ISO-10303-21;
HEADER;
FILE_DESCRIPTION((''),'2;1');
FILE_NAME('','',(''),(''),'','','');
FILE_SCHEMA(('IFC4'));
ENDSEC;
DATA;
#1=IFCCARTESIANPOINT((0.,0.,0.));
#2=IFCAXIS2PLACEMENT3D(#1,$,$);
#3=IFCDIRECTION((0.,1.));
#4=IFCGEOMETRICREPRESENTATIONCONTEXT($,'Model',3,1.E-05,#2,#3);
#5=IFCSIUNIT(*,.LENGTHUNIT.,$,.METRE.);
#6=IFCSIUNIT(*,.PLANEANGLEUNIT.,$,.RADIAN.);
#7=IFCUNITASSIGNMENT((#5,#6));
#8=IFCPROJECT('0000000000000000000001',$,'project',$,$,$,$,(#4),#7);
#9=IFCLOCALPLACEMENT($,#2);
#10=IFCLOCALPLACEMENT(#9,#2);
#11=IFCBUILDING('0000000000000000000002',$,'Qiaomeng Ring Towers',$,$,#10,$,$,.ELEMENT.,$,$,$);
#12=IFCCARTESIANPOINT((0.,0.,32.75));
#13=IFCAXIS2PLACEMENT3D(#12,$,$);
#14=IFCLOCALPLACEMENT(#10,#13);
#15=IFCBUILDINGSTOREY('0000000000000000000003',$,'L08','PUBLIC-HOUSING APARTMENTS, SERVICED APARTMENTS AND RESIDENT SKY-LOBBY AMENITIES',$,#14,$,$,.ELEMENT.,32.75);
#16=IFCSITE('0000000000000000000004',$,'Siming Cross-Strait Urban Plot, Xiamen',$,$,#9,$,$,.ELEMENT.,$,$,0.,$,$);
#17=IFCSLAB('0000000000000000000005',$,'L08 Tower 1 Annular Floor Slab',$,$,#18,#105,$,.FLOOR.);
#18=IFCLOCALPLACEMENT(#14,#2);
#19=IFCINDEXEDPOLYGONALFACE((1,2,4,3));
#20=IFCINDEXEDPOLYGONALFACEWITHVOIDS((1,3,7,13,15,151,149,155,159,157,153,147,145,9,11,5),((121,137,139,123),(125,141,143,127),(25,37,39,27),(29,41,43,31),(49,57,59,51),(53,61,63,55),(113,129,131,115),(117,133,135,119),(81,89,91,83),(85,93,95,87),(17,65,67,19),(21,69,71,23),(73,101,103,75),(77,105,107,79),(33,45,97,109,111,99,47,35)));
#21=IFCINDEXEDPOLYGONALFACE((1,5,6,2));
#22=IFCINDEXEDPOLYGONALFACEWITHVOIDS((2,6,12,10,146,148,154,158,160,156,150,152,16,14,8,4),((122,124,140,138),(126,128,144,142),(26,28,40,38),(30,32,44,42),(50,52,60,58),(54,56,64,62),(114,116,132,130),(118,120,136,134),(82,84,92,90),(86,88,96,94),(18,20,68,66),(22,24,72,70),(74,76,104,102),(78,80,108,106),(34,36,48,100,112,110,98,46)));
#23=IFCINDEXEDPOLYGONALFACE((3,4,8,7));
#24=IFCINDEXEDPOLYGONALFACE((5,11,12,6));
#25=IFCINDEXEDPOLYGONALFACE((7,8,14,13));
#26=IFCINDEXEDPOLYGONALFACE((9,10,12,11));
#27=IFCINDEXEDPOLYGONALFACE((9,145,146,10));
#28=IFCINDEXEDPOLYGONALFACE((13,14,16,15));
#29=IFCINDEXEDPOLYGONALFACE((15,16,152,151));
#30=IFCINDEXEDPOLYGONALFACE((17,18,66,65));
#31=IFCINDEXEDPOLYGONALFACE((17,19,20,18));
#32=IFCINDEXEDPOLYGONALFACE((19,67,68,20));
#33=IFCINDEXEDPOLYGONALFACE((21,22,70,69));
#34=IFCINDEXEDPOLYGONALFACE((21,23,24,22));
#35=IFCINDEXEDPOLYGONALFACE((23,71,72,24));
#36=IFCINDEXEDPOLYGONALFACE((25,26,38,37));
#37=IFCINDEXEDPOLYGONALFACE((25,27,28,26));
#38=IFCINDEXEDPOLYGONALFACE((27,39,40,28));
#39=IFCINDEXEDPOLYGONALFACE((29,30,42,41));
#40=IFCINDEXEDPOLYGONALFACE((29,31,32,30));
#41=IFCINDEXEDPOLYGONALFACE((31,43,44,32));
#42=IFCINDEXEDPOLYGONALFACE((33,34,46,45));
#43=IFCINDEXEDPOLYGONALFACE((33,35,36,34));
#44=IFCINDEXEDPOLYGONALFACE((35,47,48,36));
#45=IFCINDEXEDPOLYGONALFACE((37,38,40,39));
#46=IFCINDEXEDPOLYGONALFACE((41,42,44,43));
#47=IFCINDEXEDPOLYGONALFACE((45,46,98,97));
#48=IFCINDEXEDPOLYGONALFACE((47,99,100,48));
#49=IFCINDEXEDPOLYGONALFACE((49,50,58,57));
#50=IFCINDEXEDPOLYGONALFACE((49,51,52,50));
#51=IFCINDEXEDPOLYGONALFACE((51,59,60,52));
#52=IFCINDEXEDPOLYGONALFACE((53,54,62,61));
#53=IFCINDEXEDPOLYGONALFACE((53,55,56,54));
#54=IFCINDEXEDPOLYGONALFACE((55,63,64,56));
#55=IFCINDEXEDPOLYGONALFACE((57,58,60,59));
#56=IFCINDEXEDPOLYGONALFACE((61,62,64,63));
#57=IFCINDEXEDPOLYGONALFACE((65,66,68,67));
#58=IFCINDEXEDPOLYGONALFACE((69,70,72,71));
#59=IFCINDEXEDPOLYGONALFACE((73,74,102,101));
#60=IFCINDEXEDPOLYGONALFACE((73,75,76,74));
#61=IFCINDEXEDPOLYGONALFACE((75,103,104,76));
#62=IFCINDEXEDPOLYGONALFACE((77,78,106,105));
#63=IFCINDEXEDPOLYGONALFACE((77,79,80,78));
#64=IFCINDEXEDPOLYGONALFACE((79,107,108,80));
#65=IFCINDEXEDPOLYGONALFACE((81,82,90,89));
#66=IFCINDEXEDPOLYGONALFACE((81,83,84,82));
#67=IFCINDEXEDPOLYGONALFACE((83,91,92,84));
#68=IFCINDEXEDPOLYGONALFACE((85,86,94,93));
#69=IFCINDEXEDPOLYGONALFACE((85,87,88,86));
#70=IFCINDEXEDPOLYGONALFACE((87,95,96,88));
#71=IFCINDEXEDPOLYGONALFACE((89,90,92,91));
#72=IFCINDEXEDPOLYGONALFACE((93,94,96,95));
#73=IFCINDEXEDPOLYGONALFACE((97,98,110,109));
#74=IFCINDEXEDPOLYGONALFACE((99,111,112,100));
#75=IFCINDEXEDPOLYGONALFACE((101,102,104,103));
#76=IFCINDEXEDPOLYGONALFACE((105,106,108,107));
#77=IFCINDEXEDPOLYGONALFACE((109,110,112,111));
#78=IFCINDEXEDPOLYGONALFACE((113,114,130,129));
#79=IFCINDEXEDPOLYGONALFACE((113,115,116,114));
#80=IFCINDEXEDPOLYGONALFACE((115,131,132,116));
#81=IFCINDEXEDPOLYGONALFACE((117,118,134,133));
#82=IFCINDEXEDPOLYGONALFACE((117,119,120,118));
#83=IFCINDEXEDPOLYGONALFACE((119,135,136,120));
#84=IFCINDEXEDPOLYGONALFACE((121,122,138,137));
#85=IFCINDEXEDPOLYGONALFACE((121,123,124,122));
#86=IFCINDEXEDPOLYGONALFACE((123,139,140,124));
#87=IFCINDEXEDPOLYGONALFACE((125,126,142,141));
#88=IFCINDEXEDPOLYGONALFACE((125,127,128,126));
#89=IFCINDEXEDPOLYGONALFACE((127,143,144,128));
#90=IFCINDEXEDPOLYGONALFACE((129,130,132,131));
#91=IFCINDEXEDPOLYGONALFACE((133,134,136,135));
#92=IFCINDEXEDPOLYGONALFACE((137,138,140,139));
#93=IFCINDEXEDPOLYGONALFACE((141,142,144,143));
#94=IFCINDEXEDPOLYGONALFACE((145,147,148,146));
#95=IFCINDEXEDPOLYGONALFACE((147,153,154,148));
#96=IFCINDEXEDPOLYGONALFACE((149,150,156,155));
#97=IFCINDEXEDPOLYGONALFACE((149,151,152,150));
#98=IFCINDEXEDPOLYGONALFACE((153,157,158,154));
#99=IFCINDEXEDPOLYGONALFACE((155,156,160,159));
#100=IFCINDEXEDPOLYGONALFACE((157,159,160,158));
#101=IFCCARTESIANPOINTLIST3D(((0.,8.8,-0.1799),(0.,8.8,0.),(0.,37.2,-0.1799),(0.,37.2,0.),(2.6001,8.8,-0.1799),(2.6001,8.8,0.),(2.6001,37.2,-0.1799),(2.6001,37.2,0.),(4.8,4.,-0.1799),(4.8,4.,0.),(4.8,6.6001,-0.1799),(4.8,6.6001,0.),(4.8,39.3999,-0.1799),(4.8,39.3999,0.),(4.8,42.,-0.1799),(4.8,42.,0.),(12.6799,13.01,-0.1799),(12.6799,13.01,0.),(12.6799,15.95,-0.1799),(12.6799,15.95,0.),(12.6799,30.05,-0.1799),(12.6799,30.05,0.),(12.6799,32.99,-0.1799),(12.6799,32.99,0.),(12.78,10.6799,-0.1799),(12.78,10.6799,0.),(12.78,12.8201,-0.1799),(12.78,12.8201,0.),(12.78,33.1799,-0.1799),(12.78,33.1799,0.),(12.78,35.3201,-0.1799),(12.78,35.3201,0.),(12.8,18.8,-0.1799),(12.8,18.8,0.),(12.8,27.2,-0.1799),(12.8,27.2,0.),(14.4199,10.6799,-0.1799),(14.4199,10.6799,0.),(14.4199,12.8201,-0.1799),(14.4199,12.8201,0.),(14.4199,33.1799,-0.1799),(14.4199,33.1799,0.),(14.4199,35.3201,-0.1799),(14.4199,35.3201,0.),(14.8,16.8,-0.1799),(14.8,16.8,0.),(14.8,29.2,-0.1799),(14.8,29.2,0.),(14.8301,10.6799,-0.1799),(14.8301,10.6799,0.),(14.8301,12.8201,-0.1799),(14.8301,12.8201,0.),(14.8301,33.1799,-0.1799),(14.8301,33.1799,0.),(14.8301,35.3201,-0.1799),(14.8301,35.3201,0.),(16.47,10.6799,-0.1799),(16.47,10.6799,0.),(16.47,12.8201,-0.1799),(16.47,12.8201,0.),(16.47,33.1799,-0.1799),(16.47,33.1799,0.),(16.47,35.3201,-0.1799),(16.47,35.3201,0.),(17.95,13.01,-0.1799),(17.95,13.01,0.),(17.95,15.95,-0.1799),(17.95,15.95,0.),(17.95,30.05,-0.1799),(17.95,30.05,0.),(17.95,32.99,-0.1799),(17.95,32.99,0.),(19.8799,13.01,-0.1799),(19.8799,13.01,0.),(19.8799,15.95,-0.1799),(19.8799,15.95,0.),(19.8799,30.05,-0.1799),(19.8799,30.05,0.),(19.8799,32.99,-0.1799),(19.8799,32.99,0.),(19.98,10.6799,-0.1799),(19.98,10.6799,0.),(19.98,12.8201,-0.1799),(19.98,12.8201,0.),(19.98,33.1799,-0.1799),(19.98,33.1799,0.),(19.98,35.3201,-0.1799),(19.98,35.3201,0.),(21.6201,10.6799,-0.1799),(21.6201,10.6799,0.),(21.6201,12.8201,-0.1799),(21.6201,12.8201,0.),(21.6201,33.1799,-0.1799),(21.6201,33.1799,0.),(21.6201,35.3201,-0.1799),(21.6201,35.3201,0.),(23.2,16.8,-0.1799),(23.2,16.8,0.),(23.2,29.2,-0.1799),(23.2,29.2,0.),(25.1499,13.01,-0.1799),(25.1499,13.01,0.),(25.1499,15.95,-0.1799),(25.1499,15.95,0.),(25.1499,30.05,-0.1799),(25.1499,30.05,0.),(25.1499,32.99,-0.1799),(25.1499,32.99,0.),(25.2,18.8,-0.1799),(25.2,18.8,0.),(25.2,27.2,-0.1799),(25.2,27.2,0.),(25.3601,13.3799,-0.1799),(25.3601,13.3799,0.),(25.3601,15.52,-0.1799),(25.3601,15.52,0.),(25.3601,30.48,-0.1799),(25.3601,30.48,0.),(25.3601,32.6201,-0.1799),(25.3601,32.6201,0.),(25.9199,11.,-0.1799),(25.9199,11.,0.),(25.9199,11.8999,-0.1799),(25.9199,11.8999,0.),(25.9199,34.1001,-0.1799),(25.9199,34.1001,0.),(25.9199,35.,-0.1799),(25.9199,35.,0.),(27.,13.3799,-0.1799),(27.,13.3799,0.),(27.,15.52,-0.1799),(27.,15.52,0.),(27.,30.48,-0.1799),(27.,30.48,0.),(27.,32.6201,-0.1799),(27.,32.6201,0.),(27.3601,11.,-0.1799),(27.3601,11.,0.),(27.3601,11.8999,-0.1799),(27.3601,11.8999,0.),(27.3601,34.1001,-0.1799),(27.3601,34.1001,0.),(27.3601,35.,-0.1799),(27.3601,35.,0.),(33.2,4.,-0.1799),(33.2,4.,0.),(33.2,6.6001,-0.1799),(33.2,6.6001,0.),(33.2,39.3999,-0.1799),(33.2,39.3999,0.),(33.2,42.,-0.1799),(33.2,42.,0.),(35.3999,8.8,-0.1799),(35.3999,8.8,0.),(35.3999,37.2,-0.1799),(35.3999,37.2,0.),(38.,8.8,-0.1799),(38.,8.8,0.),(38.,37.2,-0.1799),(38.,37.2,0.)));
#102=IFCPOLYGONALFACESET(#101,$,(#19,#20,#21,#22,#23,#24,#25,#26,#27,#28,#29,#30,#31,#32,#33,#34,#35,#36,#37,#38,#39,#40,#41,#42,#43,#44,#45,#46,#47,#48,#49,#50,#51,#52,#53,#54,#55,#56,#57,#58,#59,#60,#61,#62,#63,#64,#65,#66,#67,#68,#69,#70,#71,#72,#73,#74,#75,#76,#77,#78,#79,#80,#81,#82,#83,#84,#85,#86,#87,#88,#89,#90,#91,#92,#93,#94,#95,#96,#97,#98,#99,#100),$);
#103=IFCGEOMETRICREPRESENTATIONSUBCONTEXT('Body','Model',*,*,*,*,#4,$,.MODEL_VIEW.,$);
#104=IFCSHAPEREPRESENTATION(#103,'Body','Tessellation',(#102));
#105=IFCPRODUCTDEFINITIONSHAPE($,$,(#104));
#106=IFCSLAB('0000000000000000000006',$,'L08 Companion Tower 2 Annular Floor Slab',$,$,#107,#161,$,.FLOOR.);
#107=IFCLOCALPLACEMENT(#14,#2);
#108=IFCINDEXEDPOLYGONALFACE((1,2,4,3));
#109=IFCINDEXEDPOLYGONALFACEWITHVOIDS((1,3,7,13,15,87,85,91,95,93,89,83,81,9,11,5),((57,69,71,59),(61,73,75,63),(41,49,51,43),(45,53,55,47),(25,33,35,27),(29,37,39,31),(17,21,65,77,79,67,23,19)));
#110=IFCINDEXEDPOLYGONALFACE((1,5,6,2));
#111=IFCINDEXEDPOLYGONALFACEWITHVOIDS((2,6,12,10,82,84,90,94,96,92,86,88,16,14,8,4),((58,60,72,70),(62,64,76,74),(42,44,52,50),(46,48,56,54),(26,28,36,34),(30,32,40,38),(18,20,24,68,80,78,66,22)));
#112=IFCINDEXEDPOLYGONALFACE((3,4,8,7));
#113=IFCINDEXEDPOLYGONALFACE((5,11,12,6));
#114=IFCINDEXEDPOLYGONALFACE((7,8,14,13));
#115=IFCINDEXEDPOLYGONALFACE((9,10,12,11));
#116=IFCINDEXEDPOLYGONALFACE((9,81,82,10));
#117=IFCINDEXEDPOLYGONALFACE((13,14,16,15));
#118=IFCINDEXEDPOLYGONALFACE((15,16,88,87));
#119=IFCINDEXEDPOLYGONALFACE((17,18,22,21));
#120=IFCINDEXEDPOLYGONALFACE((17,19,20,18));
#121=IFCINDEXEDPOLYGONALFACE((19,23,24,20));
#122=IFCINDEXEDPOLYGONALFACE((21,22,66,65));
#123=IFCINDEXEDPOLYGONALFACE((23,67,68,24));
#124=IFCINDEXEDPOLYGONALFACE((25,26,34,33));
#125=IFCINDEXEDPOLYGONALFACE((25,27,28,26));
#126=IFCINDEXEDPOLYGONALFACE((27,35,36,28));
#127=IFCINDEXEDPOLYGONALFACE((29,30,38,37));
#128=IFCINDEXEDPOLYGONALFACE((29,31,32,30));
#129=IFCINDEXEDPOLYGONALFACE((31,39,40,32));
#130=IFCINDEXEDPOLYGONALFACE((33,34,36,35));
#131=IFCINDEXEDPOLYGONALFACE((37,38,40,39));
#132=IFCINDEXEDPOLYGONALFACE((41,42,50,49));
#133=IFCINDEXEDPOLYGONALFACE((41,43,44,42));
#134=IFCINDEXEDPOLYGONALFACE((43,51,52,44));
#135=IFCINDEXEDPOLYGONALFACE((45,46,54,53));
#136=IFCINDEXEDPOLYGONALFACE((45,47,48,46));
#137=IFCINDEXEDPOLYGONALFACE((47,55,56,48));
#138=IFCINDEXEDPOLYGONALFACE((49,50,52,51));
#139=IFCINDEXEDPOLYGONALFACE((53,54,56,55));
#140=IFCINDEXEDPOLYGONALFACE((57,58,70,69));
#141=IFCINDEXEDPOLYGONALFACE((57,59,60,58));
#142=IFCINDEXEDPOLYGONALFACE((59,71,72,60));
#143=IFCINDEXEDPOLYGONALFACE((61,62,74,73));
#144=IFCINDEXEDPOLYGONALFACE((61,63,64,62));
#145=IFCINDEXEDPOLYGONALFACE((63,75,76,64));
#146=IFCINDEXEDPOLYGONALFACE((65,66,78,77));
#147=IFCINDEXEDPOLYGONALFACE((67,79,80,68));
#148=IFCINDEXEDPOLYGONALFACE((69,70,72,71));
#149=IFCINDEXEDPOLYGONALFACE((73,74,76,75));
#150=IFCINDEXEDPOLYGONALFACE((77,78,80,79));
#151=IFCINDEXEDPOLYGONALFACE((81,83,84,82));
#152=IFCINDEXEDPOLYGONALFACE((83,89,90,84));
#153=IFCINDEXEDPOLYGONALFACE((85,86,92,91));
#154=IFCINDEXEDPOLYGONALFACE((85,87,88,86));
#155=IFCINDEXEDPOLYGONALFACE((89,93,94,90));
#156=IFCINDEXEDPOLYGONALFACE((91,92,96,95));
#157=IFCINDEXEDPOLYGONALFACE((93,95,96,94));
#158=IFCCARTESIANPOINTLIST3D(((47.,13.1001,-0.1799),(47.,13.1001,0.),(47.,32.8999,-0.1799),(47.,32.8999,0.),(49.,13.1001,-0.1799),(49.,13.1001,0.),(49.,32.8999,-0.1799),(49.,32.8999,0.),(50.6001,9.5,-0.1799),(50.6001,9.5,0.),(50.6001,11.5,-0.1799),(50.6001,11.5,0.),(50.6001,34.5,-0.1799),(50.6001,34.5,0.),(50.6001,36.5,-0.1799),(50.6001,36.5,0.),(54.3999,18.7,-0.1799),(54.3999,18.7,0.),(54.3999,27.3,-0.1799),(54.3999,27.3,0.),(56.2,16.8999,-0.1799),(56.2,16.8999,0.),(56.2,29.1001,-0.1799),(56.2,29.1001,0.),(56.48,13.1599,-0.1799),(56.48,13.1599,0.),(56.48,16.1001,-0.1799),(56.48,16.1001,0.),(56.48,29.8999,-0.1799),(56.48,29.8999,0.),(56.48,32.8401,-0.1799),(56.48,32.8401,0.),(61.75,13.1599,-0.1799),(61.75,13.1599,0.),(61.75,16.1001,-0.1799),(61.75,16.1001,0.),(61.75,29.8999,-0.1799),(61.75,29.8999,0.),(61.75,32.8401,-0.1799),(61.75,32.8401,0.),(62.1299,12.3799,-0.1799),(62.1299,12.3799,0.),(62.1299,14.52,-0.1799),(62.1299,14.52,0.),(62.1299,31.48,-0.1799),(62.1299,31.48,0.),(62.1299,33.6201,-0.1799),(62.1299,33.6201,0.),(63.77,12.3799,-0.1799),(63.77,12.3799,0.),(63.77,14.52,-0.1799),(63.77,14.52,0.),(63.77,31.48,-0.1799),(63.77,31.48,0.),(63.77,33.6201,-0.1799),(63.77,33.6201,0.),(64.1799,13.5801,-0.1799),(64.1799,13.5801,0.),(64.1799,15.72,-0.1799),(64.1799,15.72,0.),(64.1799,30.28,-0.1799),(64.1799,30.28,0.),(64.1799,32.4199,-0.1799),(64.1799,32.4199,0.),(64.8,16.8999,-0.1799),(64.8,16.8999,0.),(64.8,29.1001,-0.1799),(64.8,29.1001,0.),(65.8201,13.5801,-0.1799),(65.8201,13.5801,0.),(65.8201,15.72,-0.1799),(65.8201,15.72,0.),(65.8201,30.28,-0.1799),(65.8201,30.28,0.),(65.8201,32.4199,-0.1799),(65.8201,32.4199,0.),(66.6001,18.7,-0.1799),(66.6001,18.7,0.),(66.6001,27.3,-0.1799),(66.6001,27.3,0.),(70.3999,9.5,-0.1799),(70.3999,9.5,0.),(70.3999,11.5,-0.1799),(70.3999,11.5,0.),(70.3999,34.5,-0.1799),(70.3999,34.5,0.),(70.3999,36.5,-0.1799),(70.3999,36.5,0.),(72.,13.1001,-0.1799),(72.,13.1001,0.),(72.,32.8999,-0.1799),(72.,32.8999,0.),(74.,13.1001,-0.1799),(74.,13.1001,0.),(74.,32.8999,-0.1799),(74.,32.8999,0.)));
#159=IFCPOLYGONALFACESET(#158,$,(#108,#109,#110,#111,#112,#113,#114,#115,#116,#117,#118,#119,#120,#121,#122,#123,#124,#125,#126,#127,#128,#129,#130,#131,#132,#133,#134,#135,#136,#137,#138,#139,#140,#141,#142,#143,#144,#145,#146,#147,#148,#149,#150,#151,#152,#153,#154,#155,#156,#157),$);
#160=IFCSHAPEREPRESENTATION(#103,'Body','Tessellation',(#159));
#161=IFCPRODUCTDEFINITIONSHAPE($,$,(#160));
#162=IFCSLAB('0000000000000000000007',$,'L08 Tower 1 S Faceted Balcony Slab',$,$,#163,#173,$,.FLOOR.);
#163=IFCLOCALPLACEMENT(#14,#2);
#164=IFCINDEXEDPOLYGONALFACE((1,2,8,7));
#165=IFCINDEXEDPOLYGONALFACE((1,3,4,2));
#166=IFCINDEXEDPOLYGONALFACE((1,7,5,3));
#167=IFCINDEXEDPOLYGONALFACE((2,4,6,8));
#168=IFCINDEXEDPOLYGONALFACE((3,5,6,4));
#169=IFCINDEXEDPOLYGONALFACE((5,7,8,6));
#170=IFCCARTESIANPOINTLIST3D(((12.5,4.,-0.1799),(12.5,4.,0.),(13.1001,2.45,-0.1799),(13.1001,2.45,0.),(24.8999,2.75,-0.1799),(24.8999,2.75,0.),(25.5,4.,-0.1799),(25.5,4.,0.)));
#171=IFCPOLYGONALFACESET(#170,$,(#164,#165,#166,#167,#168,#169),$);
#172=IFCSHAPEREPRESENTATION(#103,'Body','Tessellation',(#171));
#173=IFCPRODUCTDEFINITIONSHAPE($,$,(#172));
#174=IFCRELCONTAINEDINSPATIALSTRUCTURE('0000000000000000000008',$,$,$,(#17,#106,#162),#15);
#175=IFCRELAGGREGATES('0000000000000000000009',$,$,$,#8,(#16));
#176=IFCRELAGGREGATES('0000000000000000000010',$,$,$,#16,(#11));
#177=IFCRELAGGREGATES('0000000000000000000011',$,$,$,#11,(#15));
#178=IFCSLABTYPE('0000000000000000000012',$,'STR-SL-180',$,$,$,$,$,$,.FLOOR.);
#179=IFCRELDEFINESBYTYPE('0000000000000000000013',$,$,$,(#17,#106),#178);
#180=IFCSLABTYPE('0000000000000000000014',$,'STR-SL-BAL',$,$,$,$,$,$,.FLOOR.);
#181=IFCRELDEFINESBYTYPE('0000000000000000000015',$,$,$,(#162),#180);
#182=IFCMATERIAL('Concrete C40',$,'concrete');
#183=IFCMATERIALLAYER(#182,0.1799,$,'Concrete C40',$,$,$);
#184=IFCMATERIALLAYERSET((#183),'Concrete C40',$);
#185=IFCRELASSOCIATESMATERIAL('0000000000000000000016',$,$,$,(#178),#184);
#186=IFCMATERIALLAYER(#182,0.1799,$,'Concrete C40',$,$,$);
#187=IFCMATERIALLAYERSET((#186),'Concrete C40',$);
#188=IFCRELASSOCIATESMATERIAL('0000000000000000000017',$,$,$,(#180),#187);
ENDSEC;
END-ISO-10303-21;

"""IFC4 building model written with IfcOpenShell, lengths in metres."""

from ifc_helpers import new_model, si_unit, direction, frame, origin, place, context, subcontext, project, spatial, polyline, outline, extrude, material, layer, layer_set, type_object, element, save


model = new_model("IFC4")

# Units and contexts
model_context = context("Model", 3, precision=1e-05, world=origin(), true_north=direction((0.0, 1.0)))
body_context = subcontext(model_context, "Body", "Model", "MODEL_VIEW")
ifc_project = project(units=[si_unit("LENGTHUNIT", "METRE"), si_unit("PLANEANGLEUNIT", "RADIAN")], contexts=[model_context])

# Site, building, storey
site_placement = place(None, origin())
site = spatial("IfcSite", under=ifc_project, at=site_placement, Name="Siming Cross-Strait Urban Plot, Xiamen", CompositionType="ELEMENT", RefElevation=0.0)
building_placement = place(site_placement, origin())
building = spatial("IfcBuilding", under=site, at=building_placement, Name="Qiaomeng Ring Towers", CompositionType="ELEMENT")
storey_placement = place(building_placement, frame((0.0, 0.0, 32.75)))
storey = spatial("IfcBuildingStorey", under=building, at=storey_placement, Name="L08", Description="PUBLIC-HOUSING APARTMENTS, SERVICED APARTMENTS AND RESIDENT SKY-LOBBY AMENITIES", CompositionType="ELEMENT", Elevation=32.75)

# Slabs
ifc_material_1 = material(Name="Concrete C40", Category="concrete")
ifc_layer_1 = layer(ifc_material_1, 0.1799, Name="Concrete C40")
ifc_layer_set_1 = layer_set([ifc_layer_1], Name="Concrete C40")
slab_type_1 = type_object("IfcSlabType", Name="STR-SL-180", PredefinedType="FLOOR", material=ifc_layer_set_1)
slab_1_placement = place(storey_placement, frame((0.0, 0.0, -0.1799)))
element("IfcSlab", 1, at=slab_1_placement, inside=storey, type_object=slab_type_1, Name="L08 Tower 1 Annular Floor Slab", PredefinedType="FLOOR", context=body_context, shape_type="SweptSolid", body=[
    extrude(outline(polyline([(4.8, 4.0), (33.2, 4.0), (33.2, 6.6001), (35.3999, 8.8), (38.0, 8.8), (38.0, 37.2), (35.3999, 37.2), (33.2, 39.3999), (33.2, 42.0), (4.8, 42.0), (4.8, 39.3999), (2.6001, 37.2), (0.0, 37.2), (0.0, 8.8), (2.6001, 8.8), (4.8, 6.6001), (4.8, 4.0)]), holes=[polyline([(12.78, 10.6799), (12.78, 12.8201), (14.4199, 12.8201), (14.4199, 10.6799), (12.78, 10.6799)]), polyline([(14.8301, 12.8201), (16.47, 12.8201), (16.47, 10.6799), (14.8301, 10.6799), (14.8301, 12.8201)]), polyline([(12.6799, 15.95), (17.95, 15.95), (17.95, 13.01), (12.6799, 13.01), (12.6799, 15.95)]), polyline([(25.2, 27.2), (25.2, 18.8), (23.2, 16.8), (14.8, 16.8), (12.8, 18.8), (12.8, 27.2), (14.8, 29.2), (23.2, 29.2), (25.2, 27.2)]), polyline([(12.6799, 32.99), (17.95, 32.99), (17.95, 30.05), (12.6799, 30.05), (12.6799, 32.99)]), polyline([(12.78, 35.3201), (14.4199, 35.3201), (14.4199, 33.1799), (12.78, 33.1799), (12.78, 35.3201)]), polyline([(14.8301, 35.3201), (16.47, 35.3201), (16.47, 33.1799), (14.8301, 33.1799), (14.8301, 35.3201)]), polyline([(19.98, 35.3201), (21.6201, 35.3201), (21.6201, 33.1799), (19.98, 33.1799), (19.98, 35.3201)]), polyline([(25.9199, 11.8999), (27.3601, 11.8999), (27.3601, 11.0), (25.9199, 11.0), (25.9199, 11.8999)]), polyline([(19.98, 12.8201), (21.6201, 12.8201), (21.6201, 10.6799), (19.98, 10.6799), (19.98, 12.8201)]), polyline([(25.3601, 15.52), (27.0, 15.52), (27.0, 13.3799), (25.3601, 13.3799), (25.3601, 15.52)]), polyline([(19.8799, 15.95), (25.1499, 15.95), (25.1499, 13.01), (19.8799, 13.01), (19.8799, 15.95)]), polyline([(19.8799, 32.99), (25.1499, 32.99), (25.1499, 30.05), (19.8799, 30.05), (19.8799, 32.99)]), polyline([(25.3601, 32.6201), (27.0, 32.6201), (27.0, 30.48), (25.3601, 30.48), (25.3601, 32.6201)]), polyline([(25.9199, 35.0), (27.3601, 35.0), (27.3601, 34.1001), (25.9199, 34.1001), (25.9199, 35.0)])]), origin(), (0.0, 0.0, 1.0), 0.1799),
])
slab_2_placement = place(storey_placement, frame((0.0, 0.0, -0.1799)))
element("IfcSlab", 2, at=slab_2_placement, inside=storey, type_object=slab_type_1, Name="L08 Companion Tower 2 Annular Floor Slab", PredefinedType="FLOOR", context=body_context, shape_type="SweptSolid", body=[
    extrude(outline(polyline([(50.6001, 9.5), (70.3999, 9.5), (70.3999, 11.5), (72.0, 13.1001), (74.0, 13.1001), (74.0, 32.8999), (72.0, 32.8999), (70.3999, 34.5), (70.3999, 36.5), (50.6001, 36.5), (50.6001, 34.5), (49.0, 32.8999), (47.0, 32.8999), (47.0, 13.1001), (49.0, 13.1001), (50.6001, 11.5), (50.6001, 9.5)]), holes=[polyline([(62.1299, 12.3799), (62.1299, 14.52), (63.77, 14.52), (63.77, 12.3799), (62.1299, 12.3799)]), polyline([(56.48, 13.1599), (56.48, 16.1001), (61.75, 16.1001), (61.75, 13.1599), (56.48, 13.1599)]), polyline([(64.1799, 13.5801), (64.1799, 15.72), (65.8201, 15.72), (65.8201, 13.5801), (64.1799, 13.5801)]), polyline([(64.8, 29.1001), (66.6001, 27.3), (66.6001, 18.7), (64.8, 16.8999), (56.2, 16.8999), (54.3999, 18.7), (54.3999, 27.3), (56.2, 29.1001), (64.8, 29.1001)]), polyline([(64.1799, 30.28), (64.1799, 32.4199), (65.8201, 32.4199), (65.8201, 30.28), (64.1799, 30.28)]), polyline([(56.48, 32.8401), (61.75, 32.8401), (61.75, 29.8999), (56.48, 29.8999), (56.48, 32.8401)]), polyline([(62.1299, 33.6201), (63.77, 33.6201), (63.77, 31.48), (62.1299, 31.48), (62.1299, 33.6201)])]), origin(), (0.0, 0.0, 1.0), 0.1799),
])
ifc_layer_2 = layer(ifc_material_1, 0.1799, Name="Concrete C40")
ifc_layer_set_2 = layer_set([ifc_layer_2], Name="Concrete C40")
slab_type_2 = type_object("IfcSlabType", Name="STR-SL-BAL", PredefinedType="FLOOR", material=ifc_layer_set_2)
slab_3_placement = place(storey_placement, frame((0.0, 0.0, -0.1799)))
element("IfcSlab", 3, at=slab_3_placement, inside=storey, type_object=slab_type_2, Name="L08 Tower 1 S Faceted Balcony Slab", PredefinedType="FLOOR", context=body_context, shape_type="SweptSolid", body=[
    extrude(outline(polyline([(24.8999, 2.75), (13.1001, 2.45), (12.5, 4.0), (25.5, 4.0), (24.8999, 2.75)])), origin(), (0.0, 0.0, 1.0), 0.1799),
])

save(model, "model.ifc")
